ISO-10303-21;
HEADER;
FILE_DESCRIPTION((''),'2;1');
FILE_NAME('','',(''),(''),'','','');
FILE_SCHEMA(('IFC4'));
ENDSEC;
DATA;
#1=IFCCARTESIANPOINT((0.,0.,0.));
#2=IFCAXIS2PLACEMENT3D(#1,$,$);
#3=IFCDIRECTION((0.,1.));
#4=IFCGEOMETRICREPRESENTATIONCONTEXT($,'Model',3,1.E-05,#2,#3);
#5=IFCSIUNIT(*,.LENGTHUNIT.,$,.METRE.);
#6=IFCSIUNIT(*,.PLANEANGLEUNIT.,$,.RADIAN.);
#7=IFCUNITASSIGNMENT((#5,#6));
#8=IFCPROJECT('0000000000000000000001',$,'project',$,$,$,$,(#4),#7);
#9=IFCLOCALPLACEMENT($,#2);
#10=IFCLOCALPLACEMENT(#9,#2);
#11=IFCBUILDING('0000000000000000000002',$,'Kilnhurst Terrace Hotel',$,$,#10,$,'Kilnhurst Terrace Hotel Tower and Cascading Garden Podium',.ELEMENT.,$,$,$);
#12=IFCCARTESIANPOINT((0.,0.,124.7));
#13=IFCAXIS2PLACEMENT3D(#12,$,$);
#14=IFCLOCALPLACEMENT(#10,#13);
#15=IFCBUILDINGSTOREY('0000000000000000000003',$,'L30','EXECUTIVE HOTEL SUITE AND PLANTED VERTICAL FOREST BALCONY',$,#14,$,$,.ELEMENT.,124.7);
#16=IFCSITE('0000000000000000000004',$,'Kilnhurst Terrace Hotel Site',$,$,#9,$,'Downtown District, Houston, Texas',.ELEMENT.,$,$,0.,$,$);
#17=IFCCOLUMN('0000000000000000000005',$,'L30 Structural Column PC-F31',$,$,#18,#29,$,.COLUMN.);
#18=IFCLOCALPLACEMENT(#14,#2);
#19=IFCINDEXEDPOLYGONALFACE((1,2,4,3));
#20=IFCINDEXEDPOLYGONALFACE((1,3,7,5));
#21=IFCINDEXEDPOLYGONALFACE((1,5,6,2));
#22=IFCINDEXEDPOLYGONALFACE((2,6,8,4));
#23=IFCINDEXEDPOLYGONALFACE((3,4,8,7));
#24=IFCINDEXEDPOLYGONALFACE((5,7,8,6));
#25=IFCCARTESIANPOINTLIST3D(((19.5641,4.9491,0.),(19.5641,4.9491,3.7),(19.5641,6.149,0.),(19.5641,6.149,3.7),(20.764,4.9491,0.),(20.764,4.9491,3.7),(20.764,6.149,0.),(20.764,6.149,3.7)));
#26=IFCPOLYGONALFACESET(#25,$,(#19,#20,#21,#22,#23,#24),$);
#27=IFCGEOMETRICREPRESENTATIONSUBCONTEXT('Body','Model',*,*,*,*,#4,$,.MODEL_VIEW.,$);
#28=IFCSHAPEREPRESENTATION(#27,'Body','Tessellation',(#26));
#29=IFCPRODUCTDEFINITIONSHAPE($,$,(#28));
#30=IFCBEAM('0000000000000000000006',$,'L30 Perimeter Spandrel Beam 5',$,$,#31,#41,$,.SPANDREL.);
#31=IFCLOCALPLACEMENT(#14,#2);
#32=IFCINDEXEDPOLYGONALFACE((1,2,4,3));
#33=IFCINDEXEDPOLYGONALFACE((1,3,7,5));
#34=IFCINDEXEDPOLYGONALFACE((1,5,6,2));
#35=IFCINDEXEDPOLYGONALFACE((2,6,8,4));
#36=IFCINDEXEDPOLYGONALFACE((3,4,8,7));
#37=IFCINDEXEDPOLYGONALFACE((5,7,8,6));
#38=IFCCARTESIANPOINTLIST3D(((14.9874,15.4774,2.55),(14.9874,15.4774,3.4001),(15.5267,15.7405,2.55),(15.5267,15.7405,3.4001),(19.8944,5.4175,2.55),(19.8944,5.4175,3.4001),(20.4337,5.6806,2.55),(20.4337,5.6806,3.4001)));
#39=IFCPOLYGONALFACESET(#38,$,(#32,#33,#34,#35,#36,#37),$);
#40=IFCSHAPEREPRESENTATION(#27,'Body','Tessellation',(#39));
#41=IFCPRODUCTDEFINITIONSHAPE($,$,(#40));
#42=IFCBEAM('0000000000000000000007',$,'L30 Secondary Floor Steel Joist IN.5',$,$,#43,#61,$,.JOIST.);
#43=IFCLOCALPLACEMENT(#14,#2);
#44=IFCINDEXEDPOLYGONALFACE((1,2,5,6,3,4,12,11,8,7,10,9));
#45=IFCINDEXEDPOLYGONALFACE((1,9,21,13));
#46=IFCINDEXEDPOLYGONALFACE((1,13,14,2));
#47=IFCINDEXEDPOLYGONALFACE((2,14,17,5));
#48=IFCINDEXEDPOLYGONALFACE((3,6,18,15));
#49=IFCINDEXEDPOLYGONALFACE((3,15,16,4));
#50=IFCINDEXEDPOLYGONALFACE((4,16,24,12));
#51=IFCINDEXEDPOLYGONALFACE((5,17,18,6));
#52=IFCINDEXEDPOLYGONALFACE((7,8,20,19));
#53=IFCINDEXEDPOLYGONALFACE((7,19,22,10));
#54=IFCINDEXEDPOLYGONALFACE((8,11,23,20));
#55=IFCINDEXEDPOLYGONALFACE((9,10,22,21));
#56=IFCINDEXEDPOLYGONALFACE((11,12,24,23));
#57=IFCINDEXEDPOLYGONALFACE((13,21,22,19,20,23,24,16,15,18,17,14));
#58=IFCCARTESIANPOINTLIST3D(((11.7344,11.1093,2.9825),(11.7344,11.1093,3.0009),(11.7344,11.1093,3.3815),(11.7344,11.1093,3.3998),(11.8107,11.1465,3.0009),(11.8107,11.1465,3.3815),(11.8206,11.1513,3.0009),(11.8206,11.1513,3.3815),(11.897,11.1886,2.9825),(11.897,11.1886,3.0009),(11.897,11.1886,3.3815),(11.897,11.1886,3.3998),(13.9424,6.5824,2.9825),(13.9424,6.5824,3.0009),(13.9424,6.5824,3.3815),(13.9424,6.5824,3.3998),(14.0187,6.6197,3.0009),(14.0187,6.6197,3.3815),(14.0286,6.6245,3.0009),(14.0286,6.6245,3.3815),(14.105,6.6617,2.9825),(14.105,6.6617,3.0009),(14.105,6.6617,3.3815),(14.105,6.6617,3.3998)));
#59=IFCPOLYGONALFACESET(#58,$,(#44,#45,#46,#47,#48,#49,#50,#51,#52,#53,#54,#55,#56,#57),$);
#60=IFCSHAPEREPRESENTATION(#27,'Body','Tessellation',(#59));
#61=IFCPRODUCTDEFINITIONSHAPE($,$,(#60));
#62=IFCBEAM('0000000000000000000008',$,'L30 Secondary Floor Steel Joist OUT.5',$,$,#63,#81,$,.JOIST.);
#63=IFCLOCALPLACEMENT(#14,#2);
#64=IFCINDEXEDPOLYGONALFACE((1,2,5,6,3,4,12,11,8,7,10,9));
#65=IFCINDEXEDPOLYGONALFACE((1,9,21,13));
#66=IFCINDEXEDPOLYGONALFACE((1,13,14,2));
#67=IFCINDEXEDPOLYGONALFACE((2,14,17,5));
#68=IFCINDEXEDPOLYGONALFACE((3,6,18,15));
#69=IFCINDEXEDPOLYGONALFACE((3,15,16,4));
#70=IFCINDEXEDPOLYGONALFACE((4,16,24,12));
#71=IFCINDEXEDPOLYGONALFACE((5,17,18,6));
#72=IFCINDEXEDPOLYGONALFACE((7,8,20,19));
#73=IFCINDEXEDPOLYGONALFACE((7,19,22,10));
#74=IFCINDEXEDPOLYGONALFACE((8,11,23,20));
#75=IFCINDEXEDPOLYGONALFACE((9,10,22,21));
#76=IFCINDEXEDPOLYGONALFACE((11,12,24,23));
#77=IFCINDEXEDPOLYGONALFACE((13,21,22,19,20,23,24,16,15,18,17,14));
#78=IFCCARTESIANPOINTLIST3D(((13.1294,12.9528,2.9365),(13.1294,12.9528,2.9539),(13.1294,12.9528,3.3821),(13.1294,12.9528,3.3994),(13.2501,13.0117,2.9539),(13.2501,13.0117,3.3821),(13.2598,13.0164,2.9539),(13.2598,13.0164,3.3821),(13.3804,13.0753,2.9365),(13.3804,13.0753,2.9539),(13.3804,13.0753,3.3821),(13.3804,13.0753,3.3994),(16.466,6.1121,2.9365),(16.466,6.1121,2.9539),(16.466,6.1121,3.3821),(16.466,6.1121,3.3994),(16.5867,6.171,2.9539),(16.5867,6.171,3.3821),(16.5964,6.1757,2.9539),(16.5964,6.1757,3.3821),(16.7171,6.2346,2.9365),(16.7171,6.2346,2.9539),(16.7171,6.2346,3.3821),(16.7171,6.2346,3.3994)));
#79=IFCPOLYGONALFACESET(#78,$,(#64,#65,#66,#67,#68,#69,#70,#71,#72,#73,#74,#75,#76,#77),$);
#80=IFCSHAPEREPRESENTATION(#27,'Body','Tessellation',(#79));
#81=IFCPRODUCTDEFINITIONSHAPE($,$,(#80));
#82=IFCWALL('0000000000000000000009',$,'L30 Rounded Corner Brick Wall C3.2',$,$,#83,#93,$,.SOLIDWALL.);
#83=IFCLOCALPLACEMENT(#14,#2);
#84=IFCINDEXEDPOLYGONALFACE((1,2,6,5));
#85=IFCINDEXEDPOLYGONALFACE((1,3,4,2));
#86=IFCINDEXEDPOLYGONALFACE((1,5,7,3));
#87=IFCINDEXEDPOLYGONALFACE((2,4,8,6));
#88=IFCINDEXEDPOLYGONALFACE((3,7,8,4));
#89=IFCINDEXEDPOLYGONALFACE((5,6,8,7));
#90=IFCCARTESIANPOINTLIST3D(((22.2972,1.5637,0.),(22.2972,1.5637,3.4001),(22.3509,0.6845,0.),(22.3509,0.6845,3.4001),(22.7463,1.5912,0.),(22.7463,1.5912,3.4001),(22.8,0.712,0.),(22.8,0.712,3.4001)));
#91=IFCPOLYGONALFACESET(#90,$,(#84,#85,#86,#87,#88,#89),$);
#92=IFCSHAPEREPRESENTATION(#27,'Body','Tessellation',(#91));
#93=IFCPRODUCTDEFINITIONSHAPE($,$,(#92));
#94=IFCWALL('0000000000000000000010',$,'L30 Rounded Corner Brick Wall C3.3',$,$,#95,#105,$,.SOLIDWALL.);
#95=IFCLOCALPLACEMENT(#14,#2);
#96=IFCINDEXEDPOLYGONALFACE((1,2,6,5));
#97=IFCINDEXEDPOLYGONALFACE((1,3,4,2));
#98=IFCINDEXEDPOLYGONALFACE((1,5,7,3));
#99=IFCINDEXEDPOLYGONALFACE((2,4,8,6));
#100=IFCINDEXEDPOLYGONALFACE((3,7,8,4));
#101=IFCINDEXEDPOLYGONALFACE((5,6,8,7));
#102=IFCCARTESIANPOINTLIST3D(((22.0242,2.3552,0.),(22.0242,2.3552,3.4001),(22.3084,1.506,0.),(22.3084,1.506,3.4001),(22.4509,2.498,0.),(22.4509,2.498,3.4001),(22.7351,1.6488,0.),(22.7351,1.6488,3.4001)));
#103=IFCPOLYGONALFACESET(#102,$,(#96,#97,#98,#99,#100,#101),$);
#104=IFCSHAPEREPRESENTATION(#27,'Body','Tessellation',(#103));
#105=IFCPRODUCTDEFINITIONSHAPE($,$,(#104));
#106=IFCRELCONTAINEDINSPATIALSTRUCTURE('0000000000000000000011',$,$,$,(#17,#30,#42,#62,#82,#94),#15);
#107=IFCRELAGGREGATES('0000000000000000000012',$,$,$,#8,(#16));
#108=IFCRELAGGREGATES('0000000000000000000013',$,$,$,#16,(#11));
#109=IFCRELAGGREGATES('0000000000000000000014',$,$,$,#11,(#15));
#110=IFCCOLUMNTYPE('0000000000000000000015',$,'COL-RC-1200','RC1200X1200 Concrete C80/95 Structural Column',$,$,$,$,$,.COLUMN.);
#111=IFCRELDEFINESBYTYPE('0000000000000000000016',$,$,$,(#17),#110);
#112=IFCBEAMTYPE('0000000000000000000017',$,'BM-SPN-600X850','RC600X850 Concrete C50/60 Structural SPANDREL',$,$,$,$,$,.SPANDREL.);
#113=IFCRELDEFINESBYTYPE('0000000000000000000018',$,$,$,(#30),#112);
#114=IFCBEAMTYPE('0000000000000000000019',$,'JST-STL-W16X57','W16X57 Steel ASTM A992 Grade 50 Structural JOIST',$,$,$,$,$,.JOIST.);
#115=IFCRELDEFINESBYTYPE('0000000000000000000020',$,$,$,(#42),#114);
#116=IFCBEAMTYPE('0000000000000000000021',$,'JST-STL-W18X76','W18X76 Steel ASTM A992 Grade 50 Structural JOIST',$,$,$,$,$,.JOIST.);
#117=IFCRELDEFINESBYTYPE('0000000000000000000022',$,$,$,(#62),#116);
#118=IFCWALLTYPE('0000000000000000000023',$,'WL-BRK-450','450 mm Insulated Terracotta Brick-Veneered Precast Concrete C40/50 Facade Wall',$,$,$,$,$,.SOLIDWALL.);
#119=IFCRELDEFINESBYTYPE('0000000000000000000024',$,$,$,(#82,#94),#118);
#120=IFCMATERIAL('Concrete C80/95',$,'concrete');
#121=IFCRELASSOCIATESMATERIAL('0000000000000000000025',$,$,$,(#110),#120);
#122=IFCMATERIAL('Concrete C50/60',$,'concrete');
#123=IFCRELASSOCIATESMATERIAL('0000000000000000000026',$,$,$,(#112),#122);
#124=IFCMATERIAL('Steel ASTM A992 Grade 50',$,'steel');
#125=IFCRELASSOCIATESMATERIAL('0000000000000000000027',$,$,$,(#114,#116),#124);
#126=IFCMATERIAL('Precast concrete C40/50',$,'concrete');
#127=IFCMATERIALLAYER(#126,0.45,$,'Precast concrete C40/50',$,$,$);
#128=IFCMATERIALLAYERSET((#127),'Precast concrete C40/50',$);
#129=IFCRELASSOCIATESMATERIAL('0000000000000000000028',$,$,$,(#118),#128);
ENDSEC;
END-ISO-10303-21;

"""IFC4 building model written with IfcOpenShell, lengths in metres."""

from ifc_helpers import new_model, si_unit, direction, frame, frame_2d, origin, origin_2d, place, context, subcontext, project, spatial, rectangle, i_section, extrude, material, layer, layer_set, material_profile, profile_set, type_object, element, save


model = new_model("IFC4")

# Units and contexts
model_context = context("Model", 3, precision=1e-05, world=origin(), true_north=direction((0.0, 1.0)))
body_context = subcontext(model_context, "Body", "Model", "MODEL_VIEW")
ifc_project = project(units=[si_unit("LENGTHUNIT", "METRE"), si_unit("PLANEANGLEUNIT", "RADIAN")], contexts=[model_context])

# Site, building, storey
site_placement = place(None, origin())
site = spatial("IfcSite", under=ifc_project, at=site_placement, Name="Kilnhurst Terrace Hotel Site", LongName="Downtown District, Houston, Texas", CompositionType="ELEMENT", RefElevation=0.0)
building_placement = place(site_placement, origin())
building = spatial("IfcBuilding", under=site, at=building_placement, Name="Kilnhurst Terrace Hotel", LongName="Kilnhurst Terrace Hotel Tower and Cascading Garden Podium", CompositionType="ELEMENT")
storey_placement = place(building_placement, frame((0.0, 0.0, 124.7)))
storey = spatial("IfcBuildingStorey", under=building, at=storey_placement, Name="L30", Description="EXECUTIVE HOTEL SUITE AND PLANTED VERTICAL FOREST BALCONY", CompositionType="ELEMENT", Elevation=124.7)

# Column
ifc_material_1 = material(Name="Concrete C80/95", Category="concrete")
ifc_material_profile_1 = material_profile(ifc_material_1, rectangle(XDim=1.2, YDim=1.2, at=origin_2d()), Name="RC1200X1200")
ifc_profile_set_1 = profile_set([ifc_material_profile_1], Name="Concrete C80/95")
column_type = type_object("IfcColumnType", Name="COL-RC-1200", Description="RC1200X1200 Concrete C80/95 Structural Column", PredefinedType="COLUMN", material=ifc_profile_set_1)
column_placement = place(storey_placement, frame((20.1641, 5.5491, 0.0), z_axis=(0.0, 0.0, 1.0), x_axis=(1.0, 0.0, 0.0)))
element("IfcColumn", 1, at=column_placement, inside=storey, type_object=column_type, Name="L30 Structural Column PC-F31", PredefinedType="COLUMN", context=body_context, shape_type="SweptSolid", body=[
    extrude(rectangle(XDim=1.2, YDim=1.2, at=origin_2d()), origin(), (0.0, 0.0, 1.0), 3.7),
])

# Beams
ifc_material_2 = material(Name="Concrete C50/60", Category="concrete")
ifc_material_profile_2 = material_profile(ifc_material_2, rectangle(XDim=0.6001, YDim=0.8501, at=origin_2d()), Name="RC600X850")
ifc_profile_set_2 = profile_set([ifc_material_profile_2], Name="Concrete C50/60")
beam_type_1 = type_object("IfcBeamType", Name="BM-SPN-600X850", Description="RC600X850 Concrete C50/60 Structural SPANDREL", PredefinedType="SPANDREL", material=ifc_profile_set_2)
beam_1_placement = place(storey_placement, frame((20.1641, 5.5491, 2.9751), z_axis=(-0.438406, 0.898777, 0.0), x_axis=(-0.898777, -0.438406, 0.0)))
element("IfcBeam", 2, at=beam_1_placement, inside=storey, type_object=beam_type_1, Name="L30 Perimeter Spandrel Beam 5", PredefinedType="SPANDREL", context=body_context, shape_type="SweptSolid", body=[
    extrude(rectangle(XDim=0.6001, YDim=0.8501, at=origin_2d()), origin(), (0.0, 0.0, 1.0), 11.1929),
])
ifc_material_3 = material(Name="Steel ASTM A992 Grade 50", Category="steel")
ifc_material_profile_3 = material_profile(ifc_material_3, i_section(OverallWidth=0.1809, OverallDepth=0.4172, WebThickness=0.011, FlangeThickness=0.0183, at=origin_2d()), Name="W16X57")
ifc_profile_set_3 = profile_set([ifc_material_profile_3], Name="Steel ASTM A992 Grade 50")
beam_type_2 = type_object("IfcBeamType", Name="JST-STL-W16X57", Description="W16X57 Steel ASTM A992 Grade 50 Structural JOIST", PredefinedType="JOIST", material=ifc_profile_set_3)
beam_2_placement = place(storey_placement, frame((14.0237, 6.6221, 3.1912), z_axis=(-0.438389, 0.898785, 0.0), x_axis=(-0.898785, -0.438389, 0.0)))
element("IfcBeam", 3, at=beam_2_placement, inside=storey, type_object=beam_type_2, Name="L30 Secondary Floor Steel Joist IN.5", PredefinedType="JOIST", context=body_context, shape_type="SweptSolid", body=[
    extrude(i_section(OverallWidth=0.1809, OverallDepth=0.4172, WebThickness=0.011, FlangeThickness=0.0183, at=origin_2d()), origin(), (0.0, 0.0, 1.0), 5.0366),
])
ifc_material_profile_4 = material_profile(ifc_material_3, i_section(OverallWidth=0.2793, OverallDepth=0.4629, WebThickness=0.0107, FlangeThickness=0.0173, at=origin_2d()), Name="W18X76")
ifc_profile_set_4 = profile_set([ifc_material_profile_4], Name="Steel ASTM A992 Grade 50")
beam_type_3 = type_object("IfcBeamType", Name="JST-STL-W18X76", Description="W18X76 Steel ASTM A992 Grade 50 Structural JOIST", PredefinedType="JOIST", material=ifc_profile_set_4)
beam_3_placement = place(storey_placement, frame((16.5916, 6.1733, 3.168), z_axis=(-0.43839, 0.898785, 0.0), x_axis=(-0.898785, -0.43839, 0.0)))
element("IfcBeam", 4, at=beam_3_placement, inside=storey, type_object=beam_type_3, Name="L30 Secondary Floor Steel Joist OUT.5", PredefinedType="JOIST", context=body_context, shape_type="SweptSolid", body=[
    extrude(i_section(OverallWidth=0.2793, OverallDepth=0.4629, WebThickness=0.0107, FlangeThickness=0.0173, at=origin_2d()), origin(), (0.0, 0.0, 1.0), 7.6111),
])

# Walls
ifc_material_4 = material(Name="Precast concrete C40/50", Category="concrete")
ifc_layer_1 = layer(ifc_material_4, 0.45, Name="Precast concrete C40/50")
ifc_layer_set_1 = layer_set([ifc_layer_1], Name="Precast concrete C40/50")
wall_type_1 = type_object("IfcWallType", Name="WL-BRK-450", Description="450 mm Insulated Terracotta Brick-Veneered Precast Concrete C40/50 Facade Wall", PredefinedType="SOLIDWALL", material=ifc_layer_set_1)
wall_1_placement = place(storey_placement, frame((22.5754, 0.6982, 0.0), z_axis=(0.0, 0.0, 1.0), x_axis=(-0.06098, 0.998139, 0.0)))
element("IfcWall", 5, at=wall_1_placement, inside=storey, type_object=wall_type_1, Name="L30 Rounded Corner Brick Wall C3.2", PredefinedType="SOLIDWALL", context=body_context, shape_type="SweptSolid", body=[
    extrude(rectangle(XDim=0.8809, YDim=0.45, at=frame_2d((0.4404, 0.0))), origin(), (0.0, 0.0, 1.0), 3.4001),
])
wall_2_placement = place(storey_placement, frame((22.5217, 1.5774, 0.0), z_axis=(0.0, 0.0, 1.0), x_axis=(-0.317373, 0.948301, 0.0)))
element("IfcWall", 6, at=wall_2_placement, inside=storey, type_object=wall_type_1, Name="L30 Rounded Corner Brick Wall C3.3", PredefinedType="SOLIDWALL", context=body_context, shape_type="SweptSolid", body=[
    extrude(rectangle(XDim=0.8955, YDim=0.45, at=frame_2d((0.4478, 0.0))), origin(), (0.0, 0.0, 1.0), 3.4001),
])

save(model, "model.ifc")
